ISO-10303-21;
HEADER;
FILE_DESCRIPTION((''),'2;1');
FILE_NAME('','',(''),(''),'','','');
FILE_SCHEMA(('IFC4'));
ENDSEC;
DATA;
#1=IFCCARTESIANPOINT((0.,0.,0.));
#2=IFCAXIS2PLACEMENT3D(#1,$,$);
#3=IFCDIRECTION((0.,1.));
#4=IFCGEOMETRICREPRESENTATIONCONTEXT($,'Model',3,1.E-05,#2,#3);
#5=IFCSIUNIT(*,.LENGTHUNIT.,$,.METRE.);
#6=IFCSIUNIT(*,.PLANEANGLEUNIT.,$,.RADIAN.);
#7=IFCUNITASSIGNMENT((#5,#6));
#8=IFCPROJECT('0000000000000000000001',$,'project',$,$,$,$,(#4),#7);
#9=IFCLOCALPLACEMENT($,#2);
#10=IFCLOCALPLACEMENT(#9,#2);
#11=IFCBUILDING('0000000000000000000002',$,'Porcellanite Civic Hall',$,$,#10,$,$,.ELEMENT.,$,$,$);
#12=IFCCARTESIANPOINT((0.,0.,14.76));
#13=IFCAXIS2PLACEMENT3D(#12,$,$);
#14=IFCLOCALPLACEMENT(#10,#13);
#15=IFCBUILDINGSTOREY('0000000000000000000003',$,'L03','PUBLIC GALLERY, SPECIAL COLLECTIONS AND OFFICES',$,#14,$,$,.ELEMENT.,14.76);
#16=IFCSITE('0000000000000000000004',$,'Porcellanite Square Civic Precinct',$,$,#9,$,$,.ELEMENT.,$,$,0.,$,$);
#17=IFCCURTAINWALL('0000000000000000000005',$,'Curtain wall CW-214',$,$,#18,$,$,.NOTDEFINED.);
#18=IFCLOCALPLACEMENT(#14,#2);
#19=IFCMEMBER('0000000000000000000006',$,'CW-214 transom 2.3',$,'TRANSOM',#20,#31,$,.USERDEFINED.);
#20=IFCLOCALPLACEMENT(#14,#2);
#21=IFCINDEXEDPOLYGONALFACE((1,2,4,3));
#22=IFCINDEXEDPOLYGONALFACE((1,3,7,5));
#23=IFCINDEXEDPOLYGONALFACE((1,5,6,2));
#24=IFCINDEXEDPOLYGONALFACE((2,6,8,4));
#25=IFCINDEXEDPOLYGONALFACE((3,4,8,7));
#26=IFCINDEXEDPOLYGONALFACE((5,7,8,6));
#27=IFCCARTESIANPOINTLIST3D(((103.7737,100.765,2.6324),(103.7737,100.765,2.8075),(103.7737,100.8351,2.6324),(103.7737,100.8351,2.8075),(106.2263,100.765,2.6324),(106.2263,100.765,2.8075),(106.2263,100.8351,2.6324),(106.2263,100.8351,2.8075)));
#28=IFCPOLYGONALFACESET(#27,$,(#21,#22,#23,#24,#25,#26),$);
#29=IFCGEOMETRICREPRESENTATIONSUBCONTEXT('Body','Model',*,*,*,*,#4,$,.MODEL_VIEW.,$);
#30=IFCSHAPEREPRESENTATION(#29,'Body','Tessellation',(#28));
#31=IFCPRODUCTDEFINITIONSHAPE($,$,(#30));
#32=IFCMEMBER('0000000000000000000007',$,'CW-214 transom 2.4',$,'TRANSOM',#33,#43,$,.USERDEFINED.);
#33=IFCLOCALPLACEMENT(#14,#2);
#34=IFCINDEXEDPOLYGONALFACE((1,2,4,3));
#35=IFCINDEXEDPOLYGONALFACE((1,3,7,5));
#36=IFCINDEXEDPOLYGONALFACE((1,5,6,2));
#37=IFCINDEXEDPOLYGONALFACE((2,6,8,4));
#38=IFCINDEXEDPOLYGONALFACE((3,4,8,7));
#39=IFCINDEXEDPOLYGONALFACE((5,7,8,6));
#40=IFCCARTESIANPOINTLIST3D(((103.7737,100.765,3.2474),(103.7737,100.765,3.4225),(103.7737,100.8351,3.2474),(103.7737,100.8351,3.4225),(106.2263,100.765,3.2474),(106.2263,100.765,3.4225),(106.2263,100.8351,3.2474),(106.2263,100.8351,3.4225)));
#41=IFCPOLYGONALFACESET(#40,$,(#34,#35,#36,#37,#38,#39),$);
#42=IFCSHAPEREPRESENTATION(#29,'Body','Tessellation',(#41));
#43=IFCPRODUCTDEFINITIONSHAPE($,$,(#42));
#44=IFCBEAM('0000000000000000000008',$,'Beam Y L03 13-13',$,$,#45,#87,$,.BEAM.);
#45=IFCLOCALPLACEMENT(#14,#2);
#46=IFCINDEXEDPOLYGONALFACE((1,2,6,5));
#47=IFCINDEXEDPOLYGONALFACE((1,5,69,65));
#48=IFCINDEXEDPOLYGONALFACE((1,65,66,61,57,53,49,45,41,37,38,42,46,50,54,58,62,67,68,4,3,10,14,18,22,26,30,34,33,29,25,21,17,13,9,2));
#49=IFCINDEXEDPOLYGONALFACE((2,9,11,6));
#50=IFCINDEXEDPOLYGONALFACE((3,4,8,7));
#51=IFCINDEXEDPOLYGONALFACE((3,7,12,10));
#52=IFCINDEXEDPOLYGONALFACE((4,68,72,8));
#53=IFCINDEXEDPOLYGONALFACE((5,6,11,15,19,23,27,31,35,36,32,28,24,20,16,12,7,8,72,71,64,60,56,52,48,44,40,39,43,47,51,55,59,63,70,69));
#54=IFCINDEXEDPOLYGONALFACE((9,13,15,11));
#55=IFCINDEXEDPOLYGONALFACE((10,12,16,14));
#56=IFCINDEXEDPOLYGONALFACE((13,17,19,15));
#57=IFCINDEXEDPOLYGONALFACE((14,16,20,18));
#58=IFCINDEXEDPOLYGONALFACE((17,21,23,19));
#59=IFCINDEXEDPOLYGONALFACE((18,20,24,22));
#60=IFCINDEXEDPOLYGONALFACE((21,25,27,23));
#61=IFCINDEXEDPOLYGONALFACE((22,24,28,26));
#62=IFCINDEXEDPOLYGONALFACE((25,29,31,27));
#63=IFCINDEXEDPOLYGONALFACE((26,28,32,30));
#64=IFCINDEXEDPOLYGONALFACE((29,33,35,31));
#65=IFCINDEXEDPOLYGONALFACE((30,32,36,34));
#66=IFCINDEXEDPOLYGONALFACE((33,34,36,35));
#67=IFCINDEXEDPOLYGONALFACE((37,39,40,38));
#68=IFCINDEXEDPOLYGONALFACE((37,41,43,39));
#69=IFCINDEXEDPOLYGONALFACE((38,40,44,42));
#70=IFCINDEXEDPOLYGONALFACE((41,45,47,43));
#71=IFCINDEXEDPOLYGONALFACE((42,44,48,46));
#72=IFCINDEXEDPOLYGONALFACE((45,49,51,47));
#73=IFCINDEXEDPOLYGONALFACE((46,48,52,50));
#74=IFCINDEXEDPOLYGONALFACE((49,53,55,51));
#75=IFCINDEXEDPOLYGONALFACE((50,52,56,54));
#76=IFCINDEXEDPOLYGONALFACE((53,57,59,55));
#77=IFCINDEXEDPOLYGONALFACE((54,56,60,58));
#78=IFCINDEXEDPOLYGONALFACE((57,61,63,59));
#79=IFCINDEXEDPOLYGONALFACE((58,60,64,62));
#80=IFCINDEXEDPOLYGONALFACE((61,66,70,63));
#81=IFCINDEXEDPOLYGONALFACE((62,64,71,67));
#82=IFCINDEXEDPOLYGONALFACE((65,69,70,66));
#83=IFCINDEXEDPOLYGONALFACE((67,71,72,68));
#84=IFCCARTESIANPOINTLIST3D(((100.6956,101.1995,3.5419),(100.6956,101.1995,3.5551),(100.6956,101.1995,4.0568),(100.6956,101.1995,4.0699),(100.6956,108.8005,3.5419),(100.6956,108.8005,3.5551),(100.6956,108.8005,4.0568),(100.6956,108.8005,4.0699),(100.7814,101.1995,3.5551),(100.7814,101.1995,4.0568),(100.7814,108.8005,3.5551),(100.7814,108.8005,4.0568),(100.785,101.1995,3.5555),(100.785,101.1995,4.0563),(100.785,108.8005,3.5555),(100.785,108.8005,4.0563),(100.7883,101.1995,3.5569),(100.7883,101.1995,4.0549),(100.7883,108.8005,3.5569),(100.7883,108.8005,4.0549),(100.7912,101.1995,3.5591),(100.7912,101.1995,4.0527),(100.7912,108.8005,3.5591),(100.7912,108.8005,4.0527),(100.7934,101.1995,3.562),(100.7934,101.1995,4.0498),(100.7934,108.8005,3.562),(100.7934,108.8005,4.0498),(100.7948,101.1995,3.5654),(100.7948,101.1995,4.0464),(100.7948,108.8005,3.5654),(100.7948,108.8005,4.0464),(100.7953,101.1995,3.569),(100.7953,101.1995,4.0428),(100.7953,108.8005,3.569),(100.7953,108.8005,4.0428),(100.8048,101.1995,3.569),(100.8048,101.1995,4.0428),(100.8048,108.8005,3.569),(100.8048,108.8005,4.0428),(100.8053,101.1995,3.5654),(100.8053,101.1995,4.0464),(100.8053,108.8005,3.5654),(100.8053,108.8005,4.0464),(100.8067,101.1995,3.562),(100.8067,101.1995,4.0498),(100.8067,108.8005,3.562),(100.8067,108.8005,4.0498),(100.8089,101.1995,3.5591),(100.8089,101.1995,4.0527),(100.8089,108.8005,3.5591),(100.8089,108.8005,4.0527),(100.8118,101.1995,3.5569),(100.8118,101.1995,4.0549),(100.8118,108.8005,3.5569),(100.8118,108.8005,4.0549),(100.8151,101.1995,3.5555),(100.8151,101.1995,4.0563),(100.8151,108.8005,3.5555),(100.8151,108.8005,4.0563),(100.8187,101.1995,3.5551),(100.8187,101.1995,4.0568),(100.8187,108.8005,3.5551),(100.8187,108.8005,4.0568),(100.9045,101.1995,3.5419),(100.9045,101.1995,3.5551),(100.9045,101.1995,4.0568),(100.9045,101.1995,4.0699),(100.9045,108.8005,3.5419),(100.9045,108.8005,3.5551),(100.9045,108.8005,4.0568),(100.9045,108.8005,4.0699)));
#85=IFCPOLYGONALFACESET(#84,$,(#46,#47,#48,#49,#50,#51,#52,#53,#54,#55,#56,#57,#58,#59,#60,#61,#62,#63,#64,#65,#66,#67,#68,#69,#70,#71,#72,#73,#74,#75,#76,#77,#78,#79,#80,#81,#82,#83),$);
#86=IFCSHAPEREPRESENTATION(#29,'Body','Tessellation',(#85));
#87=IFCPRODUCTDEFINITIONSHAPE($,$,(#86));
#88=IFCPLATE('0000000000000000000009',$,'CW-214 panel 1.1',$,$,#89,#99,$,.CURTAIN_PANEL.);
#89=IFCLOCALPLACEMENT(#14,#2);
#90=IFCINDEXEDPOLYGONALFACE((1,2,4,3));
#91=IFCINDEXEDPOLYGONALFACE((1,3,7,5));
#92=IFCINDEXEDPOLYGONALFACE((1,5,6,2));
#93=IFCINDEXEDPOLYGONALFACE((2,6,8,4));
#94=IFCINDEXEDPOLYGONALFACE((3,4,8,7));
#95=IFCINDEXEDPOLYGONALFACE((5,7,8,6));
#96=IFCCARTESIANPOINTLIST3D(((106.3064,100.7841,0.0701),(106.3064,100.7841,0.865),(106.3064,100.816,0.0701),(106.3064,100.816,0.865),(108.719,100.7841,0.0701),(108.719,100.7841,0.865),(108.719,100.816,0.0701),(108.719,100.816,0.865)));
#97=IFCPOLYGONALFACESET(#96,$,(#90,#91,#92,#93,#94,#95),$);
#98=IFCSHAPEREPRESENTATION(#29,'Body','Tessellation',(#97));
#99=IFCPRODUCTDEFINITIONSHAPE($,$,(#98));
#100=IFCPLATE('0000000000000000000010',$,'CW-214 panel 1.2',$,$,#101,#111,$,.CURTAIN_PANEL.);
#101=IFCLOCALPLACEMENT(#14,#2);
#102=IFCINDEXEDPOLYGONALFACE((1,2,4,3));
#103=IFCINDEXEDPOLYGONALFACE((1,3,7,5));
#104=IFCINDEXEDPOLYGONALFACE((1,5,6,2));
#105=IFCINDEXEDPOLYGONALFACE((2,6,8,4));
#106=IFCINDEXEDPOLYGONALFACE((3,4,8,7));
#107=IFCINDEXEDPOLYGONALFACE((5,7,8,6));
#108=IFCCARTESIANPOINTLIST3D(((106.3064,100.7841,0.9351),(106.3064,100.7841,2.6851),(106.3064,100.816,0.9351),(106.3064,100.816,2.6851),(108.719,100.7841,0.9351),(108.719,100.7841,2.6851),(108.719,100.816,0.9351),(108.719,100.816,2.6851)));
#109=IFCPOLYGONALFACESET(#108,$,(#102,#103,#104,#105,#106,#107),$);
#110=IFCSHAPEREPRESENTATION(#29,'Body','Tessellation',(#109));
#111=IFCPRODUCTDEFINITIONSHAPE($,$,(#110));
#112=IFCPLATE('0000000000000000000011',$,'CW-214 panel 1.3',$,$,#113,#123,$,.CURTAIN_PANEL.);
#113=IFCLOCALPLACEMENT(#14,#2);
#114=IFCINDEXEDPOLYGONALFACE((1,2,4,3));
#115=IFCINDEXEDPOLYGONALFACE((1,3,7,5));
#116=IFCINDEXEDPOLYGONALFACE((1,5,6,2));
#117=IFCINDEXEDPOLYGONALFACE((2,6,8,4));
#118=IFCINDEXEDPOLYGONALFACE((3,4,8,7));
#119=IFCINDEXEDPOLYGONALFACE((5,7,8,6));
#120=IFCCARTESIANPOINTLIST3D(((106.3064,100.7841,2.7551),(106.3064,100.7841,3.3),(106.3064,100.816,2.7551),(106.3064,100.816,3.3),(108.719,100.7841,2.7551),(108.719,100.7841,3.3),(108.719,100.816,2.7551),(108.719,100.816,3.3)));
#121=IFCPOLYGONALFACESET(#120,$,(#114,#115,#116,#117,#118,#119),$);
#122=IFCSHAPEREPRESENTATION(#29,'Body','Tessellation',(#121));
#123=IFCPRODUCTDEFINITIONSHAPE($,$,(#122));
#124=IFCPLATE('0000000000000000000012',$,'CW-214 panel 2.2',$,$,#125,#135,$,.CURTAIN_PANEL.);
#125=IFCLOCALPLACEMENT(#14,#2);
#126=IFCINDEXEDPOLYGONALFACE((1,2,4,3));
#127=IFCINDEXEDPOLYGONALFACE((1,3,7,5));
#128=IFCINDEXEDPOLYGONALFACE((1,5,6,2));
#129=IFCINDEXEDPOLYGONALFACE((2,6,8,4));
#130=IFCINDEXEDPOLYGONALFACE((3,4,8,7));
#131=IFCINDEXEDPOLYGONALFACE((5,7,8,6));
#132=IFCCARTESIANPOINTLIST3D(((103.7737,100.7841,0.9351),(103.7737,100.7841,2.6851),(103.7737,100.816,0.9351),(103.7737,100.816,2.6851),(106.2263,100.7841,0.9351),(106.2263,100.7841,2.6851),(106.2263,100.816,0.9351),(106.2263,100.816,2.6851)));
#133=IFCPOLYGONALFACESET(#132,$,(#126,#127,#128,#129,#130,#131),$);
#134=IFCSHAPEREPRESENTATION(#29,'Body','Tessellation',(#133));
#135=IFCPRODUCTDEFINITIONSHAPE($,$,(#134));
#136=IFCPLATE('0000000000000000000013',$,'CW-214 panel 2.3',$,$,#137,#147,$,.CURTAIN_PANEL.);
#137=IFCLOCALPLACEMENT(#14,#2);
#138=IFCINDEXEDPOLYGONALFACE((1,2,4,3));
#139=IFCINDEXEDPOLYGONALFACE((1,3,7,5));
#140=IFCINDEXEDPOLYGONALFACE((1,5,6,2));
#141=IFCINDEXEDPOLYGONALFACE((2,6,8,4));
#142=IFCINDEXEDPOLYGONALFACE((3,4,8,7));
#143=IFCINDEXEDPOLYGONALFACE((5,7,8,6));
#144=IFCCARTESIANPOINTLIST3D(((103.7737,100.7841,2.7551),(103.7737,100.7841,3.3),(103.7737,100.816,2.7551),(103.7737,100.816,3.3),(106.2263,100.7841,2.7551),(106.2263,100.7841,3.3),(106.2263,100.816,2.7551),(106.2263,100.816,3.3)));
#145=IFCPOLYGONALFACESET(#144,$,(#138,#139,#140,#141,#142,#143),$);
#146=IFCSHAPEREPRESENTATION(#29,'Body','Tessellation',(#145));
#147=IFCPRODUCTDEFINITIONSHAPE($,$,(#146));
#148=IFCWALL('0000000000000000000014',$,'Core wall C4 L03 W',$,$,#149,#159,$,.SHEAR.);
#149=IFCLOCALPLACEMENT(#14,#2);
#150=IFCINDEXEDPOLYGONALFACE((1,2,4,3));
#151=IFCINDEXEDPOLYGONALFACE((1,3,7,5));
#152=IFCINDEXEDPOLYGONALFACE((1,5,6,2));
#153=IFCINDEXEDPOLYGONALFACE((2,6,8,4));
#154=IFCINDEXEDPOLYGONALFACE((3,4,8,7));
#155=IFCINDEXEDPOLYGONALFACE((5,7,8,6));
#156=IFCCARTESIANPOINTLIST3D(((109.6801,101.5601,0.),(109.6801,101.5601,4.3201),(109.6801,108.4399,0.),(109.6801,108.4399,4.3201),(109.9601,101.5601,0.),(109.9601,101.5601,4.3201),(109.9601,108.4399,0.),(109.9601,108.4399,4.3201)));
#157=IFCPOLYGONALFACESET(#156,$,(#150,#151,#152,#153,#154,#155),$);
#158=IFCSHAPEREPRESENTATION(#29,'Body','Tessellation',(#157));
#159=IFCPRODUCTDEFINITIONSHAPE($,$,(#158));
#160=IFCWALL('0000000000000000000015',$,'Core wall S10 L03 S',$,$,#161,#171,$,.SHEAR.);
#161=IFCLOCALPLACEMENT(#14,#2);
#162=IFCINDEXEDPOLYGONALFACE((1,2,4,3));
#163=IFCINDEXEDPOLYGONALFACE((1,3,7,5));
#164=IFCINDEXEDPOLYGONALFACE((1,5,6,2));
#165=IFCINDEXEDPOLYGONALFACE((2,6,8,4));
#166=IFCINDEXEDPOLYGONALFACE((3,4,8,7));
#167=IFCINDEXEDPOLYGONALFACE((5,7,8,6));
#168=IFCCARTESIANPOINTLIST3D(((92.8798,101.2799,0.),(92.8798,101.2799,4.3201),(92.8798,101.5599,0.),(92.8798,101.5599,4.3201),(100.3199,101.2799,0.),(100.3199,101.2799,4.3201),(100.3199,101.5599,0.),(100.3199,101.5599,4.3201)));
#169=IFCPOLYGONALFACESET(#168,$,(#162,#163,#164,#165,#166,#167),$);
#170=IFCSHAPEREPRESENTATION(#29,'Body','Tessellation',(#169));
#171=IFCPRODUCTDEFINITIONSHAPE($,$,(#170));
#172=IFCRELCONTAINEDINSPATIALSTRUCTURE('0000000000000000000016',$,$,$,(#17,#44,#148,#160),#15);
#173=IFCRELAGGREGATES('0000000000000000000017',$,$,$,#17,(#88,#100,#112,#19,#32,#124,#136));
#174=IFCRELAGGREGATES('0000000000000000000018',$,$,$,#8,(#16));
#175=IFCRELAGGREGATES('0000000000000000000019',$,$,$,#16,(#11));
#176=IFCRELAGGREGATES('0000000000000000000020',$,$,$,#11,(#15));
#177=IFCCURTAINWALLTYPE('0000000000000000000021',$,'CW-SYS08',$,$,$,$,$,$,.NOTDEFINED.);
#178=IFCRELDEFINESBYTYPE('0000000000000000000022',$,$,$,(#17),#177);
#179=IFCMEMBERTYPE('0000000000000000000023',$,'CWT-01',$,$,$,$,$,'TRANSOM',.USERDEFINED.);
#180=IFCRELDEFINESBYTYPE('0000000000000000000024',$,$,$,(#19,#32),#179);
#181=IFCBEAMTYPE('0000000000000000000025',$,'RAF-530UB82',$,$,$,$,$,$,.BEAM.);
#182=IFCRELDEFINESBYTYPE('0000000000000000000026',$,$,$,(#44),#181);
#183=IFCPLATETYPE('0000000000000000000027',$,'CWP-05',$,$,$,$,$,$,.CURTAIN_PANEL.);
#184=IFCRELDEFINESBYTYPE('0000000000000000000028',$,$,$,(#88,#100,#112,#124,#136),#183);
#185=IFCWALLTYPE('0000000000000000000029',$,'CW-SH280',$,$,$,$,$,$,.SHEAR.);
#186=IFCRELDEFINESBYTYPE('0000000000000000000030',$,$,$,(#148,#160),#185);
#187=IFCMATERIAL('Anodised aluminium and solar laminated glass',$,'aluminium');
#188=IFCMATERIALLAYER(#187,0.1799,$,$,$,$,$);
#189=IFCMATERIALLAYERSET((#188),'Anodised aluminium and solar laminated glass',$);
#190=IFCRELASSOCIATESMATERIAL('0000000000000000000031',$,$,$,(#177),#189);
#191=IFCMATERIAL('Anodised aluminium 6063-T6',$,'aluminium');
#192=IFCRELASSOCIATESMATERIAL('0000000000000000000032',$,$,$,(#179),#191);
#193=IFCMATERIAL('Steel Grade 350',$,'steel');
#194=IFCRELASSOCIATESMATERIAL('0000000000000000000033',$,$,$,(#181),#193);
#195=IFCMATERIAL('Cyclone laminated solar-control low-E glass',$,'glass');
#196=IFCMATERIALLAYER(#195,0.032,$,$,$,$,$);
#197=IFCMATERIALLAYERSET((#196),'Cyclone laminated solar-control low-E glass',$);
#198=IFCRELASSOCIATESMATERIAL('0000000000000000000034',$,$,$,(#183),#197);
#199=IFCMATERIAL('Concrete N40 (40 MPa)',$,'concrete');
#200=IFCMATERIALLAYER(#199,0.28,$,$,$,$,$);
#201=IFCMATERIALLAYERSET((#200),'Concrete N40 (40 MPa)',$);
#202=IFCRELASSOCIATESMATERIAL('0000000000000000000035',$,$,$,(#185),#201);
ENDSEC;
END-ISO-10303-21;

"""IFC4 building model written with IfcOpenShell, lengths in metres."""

from ifc_helpers import new_model, si_unit, direction, frame, frame_2d, origin, origin_2d, place, context, subcontext, project, spatial, rectangle, i_section, extrude, material, layer, layer_set, material_profile, profile_set, type_object, element, aggregate, save


model = new_model("IFC4")

# Units and contexts
model_context = context("Model", 3, precision=1e-05, world=origin(), true_north=direction((0.0, 1.0)))
body_context = subcontext(model_context, "Body", "Model", "MODEL_VIEW")
ifc_project = project(units=[si_unit("LENGTHUNIT", "METRE"), si_unit("PLANEANGLEUNIT", "RADIAN")], contexts=[model_context])

# Site, building, storey
site_placement = place(None, origin())
site = spatial("IfcSite", under=ifc_project, at=site_placement, Name="Porcellanite Square Civic Precinct", CompositionType="ELEMENT", RefElevation=0.0)
building_placement = place(site_placement, origin())
building = spatial("IfcBuilding", under=site, at=building_placement, Name="Porcellanite Civic Hall", CompositionType="ELEMENT")
storey_placement = place(building_placement, frame((0.0, 0.0, 14.76)))
storey = spatial("IfcBuildingStorey", under=building, at=storey_placement, Name="L03", Description="PUBLIC GALLERY, SPECIAL COLLECTIONS AND OFFICES", CompositionType="ELEMENT", Elevation=14.76)

# Curtain wall, members
ifc_material_1 = material(Name="Anodised aluminium and solar laminated glass", Category="aluminium")
ifc_layer_1 = layer(ifc_material_1, 0.1799)
ifc_layer_set_1 = layer_set([ifc_layer_1], Name="Anodised aluminium and solar laminated glass")
curtain_wall_type = type_object("IfcCurtainWallType", Name="CW-SYS08", PredefinedType="NOTDEFINED", material=ifc_layer_set_1)
curtain_wall_placement = place(storey_placement, origin())
curtain_wall = element("IfcCurtainWall", 1, at=curtain_wall_placement, inside=storey, type_object=curtain_wall_type, Name="Curtain wall CW-214", PredefinedType="NOTDEFINED")
ifc_material_2 = material(Name="Anodised aluminium 6063-T6", Category="aluminium")
ifc_material_profile_1 = material_profile(ifc_material_2, rectangle(XDim=0.0701, YDim=0.175, at=origin_2d()), Name="AL-70x175")
ifc_profile_set_1 = profile_set([ifc_material_profile_1], Name="Anodised aluminium 6063-T6")
member_type_1 = type_object("IfcMemberType", Name="CWT-01", ElementType="TRANSOM", PredefinedType="USERDEFINED", material=ifc_profile_set_1)
member_1_placement = place(storey_placement, frame((106.2263, 100.8, 2.72), z_axis=(-1.0, 0.0, 0.0), x_axis=(0.0, -1.0, 0.0)))
member_1 = element("IfcMember", 2, at=member_1_placement, type_object=member_type_1, Name="CW-214 transom 2.3", ObjectType="TRANSOM", PredefinedType="USERDEFINED", context=body_context, shape_type="SweptSolid", body=[
    extrude(rectangle(XDim=0.0701, YDim=0.175, at=origin_2d()), origin(), (0.0, 0.0, 1.0), 2.4526),
])
member_2_placement = place(storey_placement, frame((106.2263, 100.8, 3.335), z_axis=(-1.0, 0.0, 0.0), x_axis=(0.0, -1.0, 0.0)))
member_2 = element("IfcMember", 3, at=member_2_placement, type_object=member_type_1, Name="CW-214 transom 2.4", ObjectType="TRANSOM", PredefinedType="USERDEFINED", context=body_context, shape_type="SweptSolid", body=[
    extrude(rectangle(XDim=0.0701, YDim=0.175, at=origin_2d()), origin(), (0.0, 0.0, 1.0), 2.4526),
])

# Beam
ifc_material_3 = material(Name="Steel Grade 350", Category="steel")
ifc_material_profile_2 = material_profile(ifc_material_3, i_section(OverallWidth=0.209, OverallDepth=0.5281, WebThickness=0.0095, FlangeThickness=0.0132, FilletRadius=0.0139, at=origin_2d()), Name="530UB82.0")
ifc_profile_set_2 = profile_set([ifc_material_profile_2], Name="Steel Grade 350")
beam_type_1 = type_object("IfcBeamType", Name="RAF-530UB82", PredefinedType="BEAM", material=ifc_profile_set_2)
beam_1_placement = place(storey_placement, frame((100.8, 101.1995, 3.8059), z_axis=(0.0, 1.0, 0.0), x_axis=(-1.0, 0.0, 0.0)))
element("IfcBeam", 4, at=beam_1_placement, inside=storey, type_object=beam_type_1, Name="Beam Y L03 13-13", PredefinedType="BEAM", context=body_context, shape_type="SweptSolid", body=[
    extrude(i_section(OverallWidth=0.209, OverallDepth=0.5281, WebThickness=0.0095, FlangeThickness=0.0132, FilletRadius=0.0139, at=origin_2d()), origin(), (0.0, 0.0, 1.0), 7.6011),
])

# Plates
ifc_material_4 = material(Name="Cyclone laminated solar-control low-E glass", Category="glass")
ifc_layer_2 = layer(ifc_material_4, 0.032)
ifc_layer_set_2 = layer_set([ifc_layer_2], Name="Cyclone laminated solar-control low-E glass")
plate_type = type_object("IfcPlateType", Name="CWP-05", PredefinedType="CURTAIN_PANEL", material=ifc_layer_set_2)
plate_1_placement = place(storey_placement, frame((107.5127, 100.8, 0.0701), z_axis=(0.0, 0.0, 1.0), x_axis=(-1.0, 0.0, 0.0)))
plate_1 = element("IfcPlate", 5, at=plate_1_placement, type_object=plate_type, Name="CW-214 panel 1.1", PredefinedType="CURTAIN_PANEL", context=body_context, shape_type="SweptSolid", body=[
    extrude(rectangle(XDim=2.4126, YDim=0.032, at=origin_2d()), origin(), (0.0, 0.0, 1.0), 0.7949),
])
plate_2_placement = place(storey_placement, frame((107.5127, 100.8, 0.9351), z_axis=(0.0, 0.0, 1.0), x_axis=(-1.0, 0.0, 0.0)))
plate_2 = element("IfcPlate", 6, at=plate_2_placement, type_object=plate_type, Name="CW-214 panel 1.2", PredefinedType="CURTAIN_PANEL", context=body_context, shape_type="SweptSolid", body=[
    extrude(rectangle(XDim=2.4126, YDim=0.032, at=origin_2d()), origin(), (0.0, 0.0, 1.0), 1.75),
])
plate_3_placement = place(storey_placement, frame((107.5127, 100.8, 2.7551), z_axis=(0.0, 0.0, 1.0), x_axis=(-1.0, 0.0, 0.0)))
plate_3 = element("IfcPlate", 7, at=plate_3_placement, type_object=plate_type, Name="CW-214 panel 1.3", PredefinedType="CURTAIN_PANEL", context=body_context, shape_type="SweptSolid", body=[
    extrude(rectangle(XDim=2.4126, YDim=0.032, at=origin_2d()), origin(), (0.0, 0.0, 1.0), 0.5449),
])
plate_4_placement = place(storey_placement, frame((105.0, 100.8, 0.9351), z_axis=(0.0, 0.0, 1.0), x_axis=(-1.0, 0.0, 0.0)))
plate_4 = element("IfcPlate", 8, at=plate_4_placement, type_object=plate_type, Name="CW-214 panel 2.2", PredefinedType="CURTAIN_PANEL", context=body_context, shape_type="SweptSolid", body=[
    extrude(rectangle(XDim=2.4526, YDim=0.032, at=origin_2d()), origin(), (0.0, 0.0, 1.0), 1.75),
])
plate_5_placement = place(storey_placement, frame((105.0, 100.8, 2.7551), z_axis=(0.0, 0.0, 1.0), x_axis=(-1.0, 0.0, 0.0)))
plate_5 = element("IfcPlate", 9, at=plate_5_placement, type_object=plate_type, Name="CW-214 panel 2.3", PredefinedType="CURTAIN_PANEL", context=body_context, shape_type="SweptSolid", body=[
    extrude(rectangle(XDim=2.4526, YDim=0.032, at=origin_2d()), origin(), (0.0, 0.0, 1.0), 0.5449),
])
aggregate(curtain_wall, [plate_1, plate_2, plate_3, member_1, member_2, plate_4, plate_5])

# Walls
ifc_material_5 = material(Name="Concrete N40 (40 MPa)", Category="concrete")
ifc_layer_3 = layer(ifc_material_5, 0.28)
ifc_layer_set_3 = layer_set([ifc_layer_3], Name="Concrete N40 (40 MPa)")
wall_type_1 = type_object("IfcWallType", Name="CW-SH280", PredefinedType="SHEAR", material=ifc_layer_set_3)
wall_1_placement = place(storey_placement, frame((109.8201, 101.5601, 0.0), z_axis=(0.0, 0.0, 1.0), x_axis=(0.0, 1.0, 0.0)))
element("IfcWall", 10, at=wall_1_placement, inside=storey, type_object=wall_type_1, Name="Core wall C4 L03 W", PredefinedType="SHEAR", context=body_context, shape_type="SweptSolid", body=[
    extrude(rectangle(XDim=6.8799, YDim=0.28, at=frame_2d((3.4399, 0.0))), origin(), (0.0, 0.0, 1.0), 4.3201),
])
wall_2_placement = place(storey_placement, frame((100.3201, 101.4199, 0.0), z_axis=(0.0, 0.0, 1.0), x_axis=(-1.0, 0.0, 0.0)))
element("IfcWall", 11, at=wall_2_placement, inside=storey, type_object=wall_type_1, Name="Core wall S10 L03 S", PredefinedType="SHEAR", context=body_context, shape_type="SweptSolid", body=[
    extrude(rectangle(XDim=7.4402, YDim=0.28, at=frame_2d((3.7202, 0.0))), origin(), (0.0, 0.0, 1.0), 4.3201),
])

save(model, "model.ifc")
